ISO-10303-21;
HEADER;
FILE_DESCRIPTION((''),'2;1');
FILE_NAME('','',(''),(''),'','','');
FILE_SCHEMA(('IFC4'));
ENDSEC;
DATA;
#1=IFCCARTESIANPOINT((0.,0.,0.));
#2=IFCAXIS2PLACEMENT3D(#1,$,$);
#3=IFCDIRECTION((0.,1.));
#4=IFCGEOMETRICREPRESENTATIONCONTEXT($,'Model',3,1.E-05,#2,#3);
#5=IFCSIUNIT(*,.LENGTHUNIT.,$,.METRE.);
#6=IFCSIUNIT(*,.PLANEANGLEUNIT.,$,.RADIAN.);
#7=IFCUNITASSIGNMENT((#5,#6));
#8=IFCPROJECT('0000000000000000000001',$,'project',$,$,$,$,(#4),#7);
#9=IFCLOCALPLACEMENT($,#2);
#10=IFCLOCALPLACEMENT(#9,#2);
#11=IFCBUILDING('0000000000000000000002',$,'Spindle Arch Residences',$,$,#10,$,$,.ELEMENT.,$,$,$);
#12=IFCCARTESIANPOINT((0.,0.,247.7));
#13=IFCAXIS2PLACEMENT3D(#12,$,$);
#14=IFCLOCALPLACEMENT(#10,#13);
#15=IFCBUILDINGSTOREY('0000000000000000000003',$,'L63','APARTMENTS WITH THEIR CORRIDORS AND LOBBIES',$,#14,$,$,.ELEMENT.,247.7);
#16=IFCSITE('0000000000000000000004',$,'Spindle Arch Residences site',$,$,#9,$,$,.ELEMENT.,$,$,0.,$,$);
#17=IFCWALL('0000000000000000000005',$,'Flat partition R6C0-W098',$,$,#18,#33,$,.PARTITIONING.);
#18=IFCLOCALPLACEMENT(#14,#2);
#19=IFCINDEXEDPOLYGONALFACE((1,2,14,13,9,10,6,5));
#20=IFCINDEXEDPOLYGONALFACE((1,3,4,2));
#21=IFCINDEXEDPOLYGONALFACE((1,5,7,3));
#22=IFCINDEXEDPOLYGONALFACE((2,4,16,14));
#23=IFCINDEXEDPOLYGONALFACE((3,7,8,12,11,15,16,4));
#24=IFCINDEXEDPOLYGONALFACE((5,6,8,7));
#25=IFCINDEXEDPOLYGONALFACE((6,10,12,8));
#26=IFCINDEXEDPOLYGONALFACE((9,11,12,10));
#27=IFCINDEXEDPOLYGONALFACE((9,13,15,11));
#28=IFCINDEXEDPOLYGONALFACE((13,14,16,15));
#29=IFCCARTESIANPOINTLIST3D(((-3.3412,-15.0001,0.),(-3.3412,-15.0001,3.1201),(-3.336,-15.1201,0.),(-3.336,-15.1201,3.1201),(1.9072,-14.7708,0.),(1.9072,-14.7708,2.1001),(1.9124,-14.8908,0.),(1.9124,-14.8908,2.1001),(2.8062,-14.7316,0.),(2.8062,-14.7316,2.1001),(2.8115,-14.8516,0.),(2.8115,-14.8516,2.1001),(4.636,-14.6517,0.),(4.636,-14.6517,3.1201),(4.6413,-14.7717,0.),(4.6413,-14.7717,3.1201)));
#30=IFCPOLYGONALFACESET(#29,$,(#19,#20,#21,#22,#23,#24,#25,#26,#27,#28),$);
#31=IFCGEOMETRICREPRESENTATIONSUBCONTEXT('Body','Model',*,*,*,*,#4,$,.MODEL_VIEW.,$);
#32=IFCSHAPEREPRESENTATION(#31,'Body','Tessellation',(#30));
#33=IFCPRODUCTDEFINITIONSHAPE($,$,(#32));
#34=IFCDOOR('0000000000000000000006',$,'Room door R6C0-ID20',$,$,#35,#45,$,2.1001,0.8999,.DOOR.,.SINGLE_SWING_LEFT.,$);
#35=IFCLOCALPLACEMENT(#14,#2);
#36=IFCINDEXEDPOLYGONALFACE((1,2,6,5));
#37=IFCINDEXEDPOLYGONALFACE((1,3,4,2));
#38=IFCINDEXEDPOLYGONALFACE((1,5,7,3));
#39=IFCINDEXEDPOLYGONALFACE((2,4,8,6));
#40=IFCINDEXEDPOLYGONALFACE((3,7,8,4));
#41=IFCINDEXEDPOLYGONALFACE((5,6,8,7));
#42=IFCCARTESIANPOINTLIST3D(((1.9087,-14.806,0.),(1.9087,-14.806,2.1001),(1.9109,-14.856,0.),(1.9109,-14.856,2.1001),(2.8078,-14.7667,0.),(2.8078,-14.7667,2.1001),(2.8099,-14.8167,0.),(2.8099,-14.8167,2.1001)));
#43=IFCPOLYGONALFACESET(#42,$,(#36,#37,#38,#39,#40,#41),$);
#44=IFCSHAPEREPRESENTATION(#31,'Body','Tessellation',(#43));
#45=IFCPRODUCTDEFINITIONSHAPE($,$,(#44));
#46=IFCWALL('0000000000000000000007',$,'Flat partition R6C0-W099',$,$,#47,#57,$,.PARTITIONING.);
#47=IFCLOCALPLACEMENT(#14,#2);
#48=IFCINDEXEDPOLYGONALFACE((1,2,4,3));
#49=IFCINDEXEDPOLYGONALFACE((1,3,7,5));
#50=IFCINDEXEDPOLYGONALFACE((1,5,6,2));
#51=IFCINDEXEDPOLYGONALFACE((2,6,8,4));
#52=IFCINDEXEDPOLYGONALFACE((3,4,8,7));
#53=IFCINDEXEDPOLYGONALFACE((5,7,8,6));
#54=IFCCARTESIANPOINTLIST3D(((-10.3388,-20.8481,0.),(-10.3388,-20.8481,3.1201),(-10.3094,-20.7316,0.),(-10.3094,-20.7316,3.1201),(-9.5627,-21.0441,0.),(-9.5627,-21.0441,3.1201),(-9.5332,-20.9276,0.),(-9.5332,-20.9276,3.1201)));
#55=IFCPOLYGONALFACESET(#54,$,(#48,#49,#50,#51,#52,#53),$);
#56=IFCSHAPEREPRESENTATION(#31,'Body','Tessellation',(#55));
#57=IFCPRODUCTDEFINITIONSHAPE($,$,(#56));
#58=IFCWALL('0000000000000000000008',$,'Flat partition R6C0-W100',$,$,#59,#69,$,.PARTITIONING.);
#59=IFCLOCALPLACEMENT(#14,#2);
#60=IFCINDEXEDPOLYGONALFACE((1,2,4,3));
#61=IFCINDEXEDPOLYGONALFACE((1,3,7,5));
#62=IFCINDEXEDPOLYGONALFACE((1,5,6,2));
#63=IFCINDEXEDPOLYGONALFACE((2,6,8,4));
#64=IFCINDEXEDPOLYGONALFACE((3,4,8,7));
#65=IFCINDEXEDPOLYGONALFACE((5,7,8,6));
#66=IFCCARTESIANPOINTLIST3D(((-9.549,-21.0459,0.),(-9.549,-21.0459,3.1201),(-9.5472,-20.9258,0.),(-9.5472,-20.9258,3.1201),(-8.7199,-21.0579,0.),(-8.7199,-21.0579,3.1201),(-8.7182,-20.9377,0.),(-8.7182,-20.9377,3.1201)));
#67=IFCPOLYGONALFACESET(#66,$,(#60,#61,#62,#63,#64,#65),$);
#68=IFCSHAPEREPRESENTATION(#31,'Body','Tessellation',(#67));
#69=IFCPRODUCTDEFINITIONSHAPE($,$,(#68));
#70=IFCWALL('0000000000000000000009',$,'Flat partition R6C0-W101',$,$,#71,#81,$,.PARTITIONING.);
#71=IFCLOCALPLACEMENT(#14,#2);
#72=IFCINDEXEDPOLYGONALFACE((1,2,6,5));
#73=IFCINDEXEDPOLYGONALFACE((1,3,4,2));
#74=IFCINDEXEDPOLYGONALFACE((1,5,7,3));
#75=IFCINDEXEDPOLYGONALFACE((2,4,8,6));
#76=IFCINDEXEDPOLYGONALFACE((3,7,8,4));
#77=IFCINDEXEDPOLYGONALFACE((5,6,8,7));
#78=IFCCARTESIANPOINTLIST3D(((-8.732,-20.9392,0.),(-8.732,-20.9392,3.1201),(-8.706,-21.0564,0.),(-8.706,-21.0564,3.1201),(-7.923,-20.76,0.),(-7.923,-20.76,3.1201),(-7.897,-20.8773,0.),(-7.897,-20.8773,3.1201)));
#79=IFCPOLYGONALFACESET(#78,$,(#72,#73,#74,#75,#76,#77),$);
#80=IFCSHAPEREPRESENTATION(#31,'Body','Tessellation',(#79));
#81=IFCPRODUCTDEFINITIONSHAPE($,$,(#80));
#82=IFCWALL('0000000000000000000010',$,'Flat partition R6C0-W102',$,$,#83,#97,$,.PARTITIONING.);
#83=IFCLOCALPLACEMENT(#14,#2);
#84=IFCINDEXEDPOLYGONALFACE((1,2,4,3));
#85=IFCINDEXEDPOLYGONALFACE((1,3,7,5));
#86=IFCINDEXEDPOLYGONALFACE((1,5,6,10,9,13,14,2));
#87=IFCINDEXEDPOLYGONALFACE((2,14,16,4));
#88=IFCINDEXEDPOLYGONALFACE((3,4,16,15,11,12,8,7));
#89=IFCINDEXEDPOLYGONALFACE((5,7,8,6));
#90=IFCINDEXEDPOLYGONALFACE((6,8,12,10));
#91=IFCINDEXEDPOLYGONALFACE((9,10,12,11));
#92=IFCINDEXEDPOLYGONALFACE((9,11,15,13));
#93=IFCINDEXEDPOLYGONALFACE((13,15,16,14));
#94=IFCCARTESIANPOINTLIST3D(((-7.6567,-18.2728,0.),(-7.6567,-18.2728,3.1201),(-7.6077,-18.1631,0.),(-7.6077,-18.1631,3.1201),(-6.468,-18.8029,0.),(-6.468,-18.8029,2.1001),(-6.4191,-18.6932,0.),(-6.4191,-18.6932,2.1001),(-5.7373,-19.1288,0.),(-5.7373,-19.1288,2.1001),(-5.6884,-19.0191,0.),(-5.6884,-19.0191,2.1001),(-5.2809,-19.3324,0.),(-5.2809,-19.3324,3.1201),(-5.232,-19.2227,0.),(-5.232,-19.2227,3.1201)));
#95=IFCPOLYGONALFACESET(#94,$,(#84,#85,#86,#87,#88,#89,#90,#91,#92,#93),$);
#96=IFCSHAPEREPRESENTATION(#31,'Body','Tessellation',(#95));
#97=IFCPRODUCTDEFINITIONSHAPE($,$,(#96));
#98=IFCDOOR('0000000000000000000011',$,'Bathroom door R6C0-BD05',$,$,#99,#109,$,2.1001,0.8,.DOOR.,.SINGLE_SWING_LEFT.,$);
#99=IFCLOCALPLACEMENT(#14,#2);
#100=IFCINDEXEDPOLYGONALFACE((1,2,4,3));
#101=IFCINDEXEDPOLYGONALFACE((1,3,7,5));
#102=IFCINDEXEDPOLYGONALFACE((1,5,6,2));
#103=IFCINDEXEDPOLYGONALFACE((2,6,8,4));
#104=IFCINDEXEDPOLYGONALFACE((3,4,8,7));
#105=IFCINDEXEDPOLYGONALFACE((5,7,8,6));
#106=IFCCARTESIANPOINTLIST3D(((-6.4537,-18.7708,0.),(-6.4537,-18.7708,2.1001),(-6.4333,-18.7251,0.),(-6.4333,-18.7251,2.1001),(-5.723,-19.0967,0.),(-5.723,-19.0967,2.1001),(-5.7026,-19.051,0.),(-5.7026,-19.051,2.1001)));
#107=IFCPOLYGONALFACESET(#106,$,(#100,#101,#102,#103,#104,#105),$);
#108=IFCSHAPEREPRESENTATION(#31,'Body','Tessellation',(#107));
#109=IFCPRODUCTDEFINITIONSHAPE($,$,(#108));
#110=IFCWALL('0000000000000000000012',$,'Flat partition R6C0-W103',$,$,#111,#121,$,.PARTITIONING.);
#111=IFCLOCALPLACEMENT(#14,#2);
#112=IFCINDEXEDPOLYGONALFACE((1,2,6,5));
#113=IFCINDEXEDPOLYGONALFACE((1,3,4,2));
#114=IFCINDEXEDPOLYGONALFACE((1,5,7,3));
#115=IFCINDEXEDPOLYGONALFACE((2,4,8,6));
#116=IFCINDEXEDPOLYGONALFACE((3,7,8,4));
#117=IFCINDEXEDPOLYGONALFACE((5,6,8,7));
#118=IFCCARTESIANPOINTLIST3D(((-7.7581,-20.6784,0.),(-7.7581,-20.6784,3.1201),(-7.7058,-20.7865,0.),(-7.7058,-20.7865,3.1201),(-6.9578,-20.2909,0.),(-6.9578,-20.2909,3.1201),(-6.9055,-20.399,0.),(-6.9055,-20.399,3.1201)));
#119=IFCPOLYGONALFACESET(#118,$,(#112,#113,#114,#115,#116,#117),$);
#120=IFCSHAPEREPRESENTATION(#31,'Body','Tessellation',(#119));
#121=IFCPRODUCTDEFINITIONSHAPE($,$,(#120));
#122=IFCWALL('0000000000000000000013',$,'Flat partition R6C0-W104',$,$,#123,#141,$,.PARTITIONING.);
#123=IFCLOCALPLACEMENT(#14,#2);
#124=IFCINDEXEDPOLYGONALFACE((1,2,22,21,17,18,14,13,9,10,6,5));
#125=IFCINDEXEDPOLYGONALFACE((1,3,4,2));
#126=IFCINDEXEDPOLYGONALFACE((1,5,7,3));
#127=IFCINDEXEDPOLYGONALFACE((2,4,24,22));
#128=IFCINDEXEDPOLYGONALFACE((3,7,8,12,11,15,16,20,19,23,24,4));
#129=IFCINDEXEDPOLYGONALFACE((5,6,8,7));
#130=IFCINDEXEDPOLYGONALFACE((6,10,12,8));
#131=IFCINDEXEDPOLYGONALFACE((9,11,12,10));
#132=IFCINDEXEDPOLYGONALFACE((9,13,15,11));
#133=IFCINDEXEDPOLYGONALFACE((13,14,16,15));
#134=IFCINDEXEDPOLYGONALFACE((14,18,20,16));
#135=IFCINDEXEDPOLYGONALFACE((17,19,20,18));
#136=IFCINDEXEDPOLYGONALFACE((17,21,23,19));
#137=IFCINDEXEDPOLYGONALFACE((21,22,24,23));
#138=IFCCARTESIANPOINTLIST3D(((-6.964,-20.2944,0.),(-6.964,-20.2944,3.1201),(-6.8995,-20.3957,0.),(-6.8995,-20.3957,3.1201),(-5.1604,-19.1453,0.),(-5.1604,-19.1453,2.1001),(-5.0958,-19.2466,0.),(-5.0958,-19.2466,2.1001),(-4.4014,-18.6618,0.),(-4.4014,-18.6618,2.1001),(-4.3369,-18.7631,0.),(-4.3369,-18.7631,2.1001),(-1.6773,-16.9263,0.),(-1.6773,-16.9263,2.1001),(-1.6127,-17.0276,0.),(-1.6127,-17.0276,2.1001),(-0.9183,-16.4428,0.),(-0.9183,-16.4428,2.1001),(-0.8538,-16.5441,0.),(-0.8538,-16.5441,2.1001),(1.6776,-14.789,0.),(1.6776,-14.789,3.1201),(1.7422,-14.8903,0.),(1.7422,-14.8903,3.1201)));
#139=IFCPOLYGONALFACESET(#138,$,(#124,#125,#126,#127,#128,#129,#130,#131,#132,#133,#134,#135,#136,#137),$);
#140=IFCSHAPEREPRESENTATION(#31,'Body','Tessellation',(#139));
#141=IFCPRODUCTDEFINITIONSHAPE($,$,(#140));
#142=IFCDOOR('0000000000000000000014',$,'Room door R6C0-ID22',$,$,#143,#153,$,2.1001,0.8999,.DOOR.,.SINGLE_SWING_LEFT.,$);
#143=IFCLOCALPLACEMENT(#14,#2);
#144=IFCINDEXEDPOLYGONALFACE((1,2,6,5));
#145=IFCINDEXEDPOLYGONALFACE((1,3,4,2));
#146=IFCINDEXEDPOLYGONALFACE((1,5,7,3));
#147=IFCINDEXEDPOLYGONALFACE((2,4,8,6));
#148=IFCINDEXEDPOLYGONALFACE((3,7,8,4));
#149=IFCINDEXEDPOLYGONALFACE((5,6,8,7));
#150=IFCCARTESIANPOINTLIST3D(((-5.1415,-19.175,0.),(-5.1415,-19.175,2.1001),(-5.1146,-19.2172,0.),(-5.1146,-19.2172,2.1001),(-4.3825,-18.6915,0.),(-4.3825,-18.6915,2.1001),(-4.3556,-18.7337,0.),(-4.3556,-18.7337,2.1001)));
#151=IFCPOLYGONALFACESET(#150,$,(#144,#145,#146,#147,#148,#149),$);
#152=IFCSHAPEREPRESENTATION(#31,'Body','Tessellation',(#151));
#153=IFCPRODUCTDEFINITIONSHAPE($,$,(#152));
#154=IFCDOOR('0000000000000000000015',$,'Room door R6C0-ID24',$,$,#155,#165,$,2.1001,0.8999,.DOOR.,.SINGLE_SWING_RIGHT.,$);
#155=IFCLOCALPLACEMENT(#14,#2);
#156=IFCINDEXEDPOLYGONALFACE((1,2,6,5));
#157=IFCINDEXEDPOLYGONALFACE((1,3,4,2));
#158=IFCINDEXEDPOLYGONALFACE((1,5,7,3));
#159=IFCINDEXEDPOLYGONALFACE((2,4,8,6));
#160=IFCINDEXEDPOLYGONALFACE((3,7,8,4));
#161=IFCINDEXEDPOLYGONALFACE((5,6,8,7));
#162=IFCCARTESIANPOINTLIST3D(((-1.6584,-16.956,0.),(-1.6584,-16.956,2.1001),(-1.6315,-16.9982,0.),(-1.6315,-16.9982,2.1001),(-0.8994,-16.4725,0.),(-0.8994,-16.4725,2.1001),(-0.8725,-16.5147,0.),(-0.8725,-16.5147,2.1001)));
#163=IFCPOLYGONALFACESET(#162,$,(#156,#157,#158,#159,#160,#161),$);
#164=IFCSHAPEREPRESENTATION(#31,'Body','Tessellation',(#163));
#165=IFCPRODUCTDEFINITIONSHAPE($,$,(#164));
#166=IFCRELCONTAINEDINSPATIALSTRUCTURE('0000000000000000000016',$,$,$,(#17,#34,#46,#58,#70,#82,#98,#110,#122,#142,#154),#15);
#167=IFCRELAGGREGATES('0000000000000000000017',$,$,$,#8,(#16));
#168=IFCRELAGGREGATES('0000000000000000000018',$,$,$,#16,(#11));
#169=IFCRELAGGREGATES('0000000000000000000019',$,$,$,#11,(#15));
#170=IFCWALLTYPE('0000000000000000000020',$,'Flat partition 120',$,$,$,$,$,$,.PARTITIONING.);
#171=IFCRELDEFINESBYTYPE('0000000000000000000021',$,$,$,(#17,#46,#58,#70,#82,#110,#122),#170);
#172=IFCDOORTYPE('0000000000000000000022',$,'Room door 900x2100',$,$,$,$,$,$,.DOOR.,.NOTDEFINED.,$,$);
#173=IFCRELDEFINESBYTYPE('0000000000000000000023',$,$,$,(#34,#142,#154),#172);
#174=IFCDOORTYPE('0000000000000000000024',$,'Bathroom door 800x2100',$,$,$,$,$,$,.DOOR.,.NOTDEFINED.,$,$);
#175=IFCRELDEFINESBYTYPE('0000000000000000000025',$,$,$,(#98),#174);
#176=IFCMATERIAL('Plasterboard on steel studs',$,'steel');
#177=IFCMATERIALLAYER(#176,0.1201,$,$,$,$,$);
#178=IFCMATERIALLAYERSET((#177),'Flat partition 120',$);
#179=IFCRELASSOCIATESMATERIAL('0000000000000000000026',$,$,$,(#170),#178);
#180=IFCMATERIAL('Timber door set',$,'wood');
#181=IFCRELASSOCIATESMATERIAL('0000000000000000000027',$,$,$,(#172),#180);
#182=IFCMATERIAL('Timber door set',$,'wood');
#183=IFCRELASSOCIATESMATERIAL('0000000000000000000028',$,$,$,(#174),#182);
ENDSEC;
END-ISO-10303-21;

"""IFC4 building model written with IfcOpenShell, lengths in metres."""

from ifc_helpers import new_model, si_unit, direction, frame, frame_2d, origin, place, context, subcontext, project, spatial, rectangle, extrude, material, layer, layer_set, type_object, element, fill, save


model = new_model("IFC4")

# Units and contexts
model_context = context("Model", 3, precision=1e-05, world=origin(), true_north=direction((0.0, 1.0)))
body_context = subcontext(model_context, "Body", "Model", "MODEL_VIEW")
ifc_project = project(units=[si_unit("LENGTHUNIT", "METRE"), si_unit("PLANEANGLEUNIT", "RADIAN")], contexts=[model_context])

# Site, building, storey
site_placement = place(None, origin())
site = spatial("IfcSite", under=ifc_project, at=site_placement, Name="Spindle Arch Residences site", CompositionType="ELEMENT", RefElevation=0.0)
building_placement = place(site_placement, origin())
building = spatial("IfcBuilding", under=site, at=building_placement, Name="Spindle Arch Residences", CompositionType="ELEMENT")
storey_placement = place(building_placement, frame((0.0, 0.0, 247.7)))
storey = spatial("IfcBuildingStorey", under=building, at=storey_placement, Name="L63", Description="APARTMENTS WITH THEIR CORRIDORS AND LOBBIES", CompositionType="ELEMENT", Elevation=247.7)

# Wall, opening, door
ifc_material_1 = material(Name="Plasterboard on steel studs", Category="steel")
ifc_layer_1 = layer(ifc_material_1, 0.1201)
ifc_layer_set_1 = layer_set([ifc_layer_1], Name="Flat partition 120")
wall_type_1 = type_object("IfcWallType", Name="Flat partition 120", PredefinedType="PARTITIONING", material=ifc_layer_set_1)
wall_1_placement = place(storey_placement, frame((-3.3386, -15.0601, 0.0), z_axis=(0.0, 0.0, 1.0), x_axis=(0.999048, 0.043631, 0.0)))
wall_1 = element("IfcWall", 1, at=wall_1_placement, inside=storey, type_object=wall_type_1, Name="Flat partition R6C0-W098", PredefinedType="PARTITIONING", context=body_context, shape_type="SweptSolid", body=[
    extrude(rectangle(XDim=7.9849, YDim=0.1201, at=frame_2d((3.9924, 0.0))), origin(), (0.0, 0.0, 1.0), 3.1201),
])
opening_1_placement = place(wall_1_placement, frame((5.2534, 0.0, 0.0)))
opening_1 = element("IfcOpeningElement", 2, at=opening_1_placement, cuts=wall_1, PredefinedType="OPENING", context=body_context, shape_type="SweptSolid", body=[
    extrude(rectangle(XDim=0.8999, YDim=2.1001, at=frame_2d((0.45, 1.05))), frame((0.0, 0.0701, 0.0), z_axis=(0.0, -1.0, 0.0), x_axis=(1.0, 0.0, 0.0)), (0.0, 0.0, 1.0), 0.1401),
])
ifc_material_2 = material(Name="Timber door set", Category="wood")
door_type_1 = type_object("IfcDoorType", Name="Room door 900x2100", OperationType="NOTDEFINED", PredefinedType="DOOR", material=ifc_material_2)
door_1_placement = place(opening_1_placement, origin())
door_1 = element("IfcDoor", 3, at=door_1_placement, inside=storey, type_object=door_type_1, Name="Room door R6C0-ID20", OperationType="SINGLE_SWING_LEFT", OverallHeight=2.1001, OverallWidth=0.8999, PredefinedType="DOOR", context=body_context, shape_type="SweptSolid", body=[
    extrude(rectangle(XDim=0.8999, YDim=2.1001, at=frame_2d((0.45, 1.05))), frame((0.0, 0.0249, 0.0), z_axis=(0.0, -1.0, 0.0), x_axis=(1.0, 0.0, 0.0)), (0.0, 0.0, 1.0), 0.05),
])
fill(opening_1, door_1)

# Walls
wall_2_placement = place(storey_placement, frame((-10.3242, -20.7898, 0.0), z_axis=(0.0, 0.0, 1.0), x_axis=(0.969548, -0.244903, 0.0)))
element("IfcWall", 4, at=wall_2_placement, inside=storey, type_object=wall_type_1, Name="Flat partition R6C0-W099", PredefinedType="PARTITIONING", context=body_context, shape_type="SweptSolid", body=[
    extrude(rectangle(XDim=0.8005, YDim=0.1201, at=frame_2d((0.4004, 0.0))), origin(), (0.0, 0.0, 1.0), 3.1201),
])
wall_3_placement = place(storey_placement, frame((-9.5481, -20.9858, 0.0), z_axis=(0.0, 0.0, 1.0), x_axis=(0.999896, -0.014427, 0.0)))
element("IfcWall", 5, at=wall_3_placement, inside=storey, type_object=wall_type_1, Name="Flat partition R6C0-W100", PredefinedType="PARTITIONING", context=body_context, shape_type="SweptSolid", body=[
    extrude(rectangle(XDim=0.8291, YDim=0.1201, at=frame_2d((0.4146, 0.0))), origin(), (0.0, 0.0, 1.0), 3.1201),
])
wall_4_placement = place(storey_placement, frame((-8.719, -20.9978, 0.0), z_axis=(0.0, 0.0, 1.0), x_axis=(0.976339, 0.216244, 0.0)))
element("IfcWall", 6, at=wall_4_placement, inside=storey, type_object=wall_type_1, Name="Flat partition R6C0-W101", PredefinedType="PARTITIONING", context=body_context, shape_type="SweptSolid", body=[
    extrude(rectangle(XDim=0.8286, YDim=0.1201, at=frame_2d((0.4143, 0.0))), origin(), (0.0, 0.0, 1.0), 3.1201),
])

# Wall, opening, door
wall_5_placement = place(storey_placement, frame((-5.2563, -19.2776, 0.0), z_axis=(0.0, 0.0, 1.0), x_axis=(-0.913284, 0.407322, 0.0)))
wall_5 = element("IfcWall", 7, at=wall_5_placement, inside=storey, type_object=wall_type_1, Name="Flat partition R6C0-W102", PredefinedType="PARTITIONING", context=body_context, shape_type="SweptSolid", body=[
    extrude(rectangle(XDim=2.6013, YDim=0.1201, at=frame_2d((1.3008, 0.0))), origin(), (0.0, 0.0, 1.0), 3.1201),
])
opening_2_placement = place(wall_5_placement, frame((0.5, 0.0, 0.0)))
opening_2 = element("IfcOpeningElement", 8, at=opening_2_placement, cuts=wall_5, PredefinedType="OPENING", context=body_context, shape_type="SweptSolid", body=[
    extrude(rectangle(XDim=0.8, YDim=2.1001, at=frame_2d((0.3999, 1.05))), frame((0.0, 0.0701, 0.0), z_axis=(0.0, -1.0, 0.0), x_axis=(1.0, 0.0, 0.0)), (0.0, 0.0, 1.0), 0.1401),
])
ifc_material_3 = material(Name="Timber door set", Category="wood")
door_type_2 = type_object("IfcDoorType", Name="Bathroom door 800x2100", OperationType="NOTDEFINED", PredefinedType="DOOR", material=ifc_material_3)
door_2_placement = place(opening_2_placement, origin())
door_2 = element("IfcDoor", 9, at=door_2_placement, inside=storey, type_object=door_type_2, Name="Bathroom door R6C0-BD05", OperationType="SINGLE_SWING_LEFT", OverallHeight=2.1001, OverallWidth=0.8, PredefinedType="DOOR", context=body_context, shape_type="SweptSolid", body=[
    extrude(rectangle(XDim=0.8, YDim=2.1001, at=frame_2d((0.3999, 1.05))), frame((0.0, 0.0249, 0.0), z_axis=(0.0, -1.0, 0.0), x_axis=(1.0, 0.0, 0.0)), (0.0, 0.0, 1.0), 0.05),
])
fill(opening_2, door_2)

# Wall
wall_6_placement = place(storey_placement, frame((-7.7319, -20.7324, 0.0), z_axis=(0.0, 0.0, 1.0), x_axis=(0.900065, 0.435755, 0.0)))
element("IfcWall", 10, at=wall_6_placement, inside=storey, type_object=wall_type_1, Name="Flat partition R6C0-W103", PredefinedType="PARTITIONING", context=body_context, shape_type="SweptSolid", body=[
    extrude(rectangle(XDim=0.8892, YDim=0.1201, at=frame_2d((0.4446, 0.0))), origin(), (0.0, 0.0, 1.0), 3.1201),
])

# Wall, openings, doors
wall_7_placement = place(storey_placement, frame((-6.9316, -20.345, 0.0), z_axis=(0.0, 0.0, 1.0), x_axis=(0.843389, 0.537304, 0.0)))
wall_7 = element("IfcWall", 11, at=wall_7_placement, inside=storey, type_object=wall_type_1, Name="Flat partition R6C0-W104", PredefinedType="PARTITIONING", context=body_context, shape_type="SweptSolid", body=[
    extrude(rectangle(XDim=10.2463, YDim=0.1201, at=frame_2d((5.123, 0.0))), origin(), (0.0, 0.0, 1.0), 3.1201),
])
opening_3_placement = place(wall_7_placement, frame((2.1384, 0.0, 0.0)))
opening_3 = element("IfcOpeningElement", 12, at=opening_3_placement, cuts=wall_7, PredefinedType="OPENING", context=body_context, shape_type="SweptSolid", body=[
    extrude(rectangle(XDim=0.8999, YDim=2.1001, at=frame_2d((0.45, 1.05))), frame((0.0, 0.0701, 0.0), z_axis=(0.0, -1.0, 0.0), x_axis=(1.0, 0.0, 0.0)), (0.0, 0.0, 1.0), 0.1401),
])
opening_4_placement = place(wall_7_placement, frame((6.2683, 0.0, 0.0)))
opening_4 = element("IfcOpeningElement", 13, at=opening_4_placement, cuts=wall_7, PredefinedType="OPENING", context=body_context, shape_type="SweptSolid", body=[
    extrude(rectangle(XDim=0.8999, YDim=2.1001, at=frame_2d((0.45, 1.05))), frame((0.0, 0.0701, 0.0), z_axis=(0.0, -1.0, 0.0), x_axis=(1.0, 0.0, 0.0)), (0.0, 0.0, 1.0), 0.1401),
])
door_3_placement = place(opening_3_placement, origin())
door_3 = element("IfcDoor", 14, at=door_3_placement, inside=storey, type_object=door_type_1, Name="Room door R6C0-ID22", OperationType="SINGLE_SWING_LEFT", OverallHeight=2.1001, OverallWidth=0.8999, PredefinedType="DOOR", context=body_context, shape_type="SweptSolid", body=[
    extrude(rectangle(XDim=0.8999, YDim=2.1001, at=frame_2d((0.45, 1.05))), frame((0.0, 0.0249, 0.0), z_axis=(0.0, -1.0, 0.0), x_axis=(1.0, 0.0, 0.0)), (0.0, 0.0, 1.0), 0.05),
])
fill(opening_3, door_3)
door_4_placement = place(opening_4_placement, origin())
door_4 = element("IfcDoor", 15, at=door_4_placement, inside=storey, type_object=door_type_1, Name="Room door R6C0-ID24", OperationType="SINGLE_SWING_RIGHT", OverallHeight=2.1001, OverallWidth=0.8999, PredefinedType="DOOR", context=body_context, shape_type="SweptSolid", body=[
    extrude(rectangle(XDim=0.8999, YDim=2.1001, at=frame_2d((0.45, 1.05))), frame((0.0, 0.0249, 0.0), z_axis=(0.0, -1.0, 0.0), x_axis=(1.0, 0.0, 0.0)), (0.0, 0.0, 1.0), 0.05),
])
fill(opening_4, door_4)

save(model, "model.ifc")
